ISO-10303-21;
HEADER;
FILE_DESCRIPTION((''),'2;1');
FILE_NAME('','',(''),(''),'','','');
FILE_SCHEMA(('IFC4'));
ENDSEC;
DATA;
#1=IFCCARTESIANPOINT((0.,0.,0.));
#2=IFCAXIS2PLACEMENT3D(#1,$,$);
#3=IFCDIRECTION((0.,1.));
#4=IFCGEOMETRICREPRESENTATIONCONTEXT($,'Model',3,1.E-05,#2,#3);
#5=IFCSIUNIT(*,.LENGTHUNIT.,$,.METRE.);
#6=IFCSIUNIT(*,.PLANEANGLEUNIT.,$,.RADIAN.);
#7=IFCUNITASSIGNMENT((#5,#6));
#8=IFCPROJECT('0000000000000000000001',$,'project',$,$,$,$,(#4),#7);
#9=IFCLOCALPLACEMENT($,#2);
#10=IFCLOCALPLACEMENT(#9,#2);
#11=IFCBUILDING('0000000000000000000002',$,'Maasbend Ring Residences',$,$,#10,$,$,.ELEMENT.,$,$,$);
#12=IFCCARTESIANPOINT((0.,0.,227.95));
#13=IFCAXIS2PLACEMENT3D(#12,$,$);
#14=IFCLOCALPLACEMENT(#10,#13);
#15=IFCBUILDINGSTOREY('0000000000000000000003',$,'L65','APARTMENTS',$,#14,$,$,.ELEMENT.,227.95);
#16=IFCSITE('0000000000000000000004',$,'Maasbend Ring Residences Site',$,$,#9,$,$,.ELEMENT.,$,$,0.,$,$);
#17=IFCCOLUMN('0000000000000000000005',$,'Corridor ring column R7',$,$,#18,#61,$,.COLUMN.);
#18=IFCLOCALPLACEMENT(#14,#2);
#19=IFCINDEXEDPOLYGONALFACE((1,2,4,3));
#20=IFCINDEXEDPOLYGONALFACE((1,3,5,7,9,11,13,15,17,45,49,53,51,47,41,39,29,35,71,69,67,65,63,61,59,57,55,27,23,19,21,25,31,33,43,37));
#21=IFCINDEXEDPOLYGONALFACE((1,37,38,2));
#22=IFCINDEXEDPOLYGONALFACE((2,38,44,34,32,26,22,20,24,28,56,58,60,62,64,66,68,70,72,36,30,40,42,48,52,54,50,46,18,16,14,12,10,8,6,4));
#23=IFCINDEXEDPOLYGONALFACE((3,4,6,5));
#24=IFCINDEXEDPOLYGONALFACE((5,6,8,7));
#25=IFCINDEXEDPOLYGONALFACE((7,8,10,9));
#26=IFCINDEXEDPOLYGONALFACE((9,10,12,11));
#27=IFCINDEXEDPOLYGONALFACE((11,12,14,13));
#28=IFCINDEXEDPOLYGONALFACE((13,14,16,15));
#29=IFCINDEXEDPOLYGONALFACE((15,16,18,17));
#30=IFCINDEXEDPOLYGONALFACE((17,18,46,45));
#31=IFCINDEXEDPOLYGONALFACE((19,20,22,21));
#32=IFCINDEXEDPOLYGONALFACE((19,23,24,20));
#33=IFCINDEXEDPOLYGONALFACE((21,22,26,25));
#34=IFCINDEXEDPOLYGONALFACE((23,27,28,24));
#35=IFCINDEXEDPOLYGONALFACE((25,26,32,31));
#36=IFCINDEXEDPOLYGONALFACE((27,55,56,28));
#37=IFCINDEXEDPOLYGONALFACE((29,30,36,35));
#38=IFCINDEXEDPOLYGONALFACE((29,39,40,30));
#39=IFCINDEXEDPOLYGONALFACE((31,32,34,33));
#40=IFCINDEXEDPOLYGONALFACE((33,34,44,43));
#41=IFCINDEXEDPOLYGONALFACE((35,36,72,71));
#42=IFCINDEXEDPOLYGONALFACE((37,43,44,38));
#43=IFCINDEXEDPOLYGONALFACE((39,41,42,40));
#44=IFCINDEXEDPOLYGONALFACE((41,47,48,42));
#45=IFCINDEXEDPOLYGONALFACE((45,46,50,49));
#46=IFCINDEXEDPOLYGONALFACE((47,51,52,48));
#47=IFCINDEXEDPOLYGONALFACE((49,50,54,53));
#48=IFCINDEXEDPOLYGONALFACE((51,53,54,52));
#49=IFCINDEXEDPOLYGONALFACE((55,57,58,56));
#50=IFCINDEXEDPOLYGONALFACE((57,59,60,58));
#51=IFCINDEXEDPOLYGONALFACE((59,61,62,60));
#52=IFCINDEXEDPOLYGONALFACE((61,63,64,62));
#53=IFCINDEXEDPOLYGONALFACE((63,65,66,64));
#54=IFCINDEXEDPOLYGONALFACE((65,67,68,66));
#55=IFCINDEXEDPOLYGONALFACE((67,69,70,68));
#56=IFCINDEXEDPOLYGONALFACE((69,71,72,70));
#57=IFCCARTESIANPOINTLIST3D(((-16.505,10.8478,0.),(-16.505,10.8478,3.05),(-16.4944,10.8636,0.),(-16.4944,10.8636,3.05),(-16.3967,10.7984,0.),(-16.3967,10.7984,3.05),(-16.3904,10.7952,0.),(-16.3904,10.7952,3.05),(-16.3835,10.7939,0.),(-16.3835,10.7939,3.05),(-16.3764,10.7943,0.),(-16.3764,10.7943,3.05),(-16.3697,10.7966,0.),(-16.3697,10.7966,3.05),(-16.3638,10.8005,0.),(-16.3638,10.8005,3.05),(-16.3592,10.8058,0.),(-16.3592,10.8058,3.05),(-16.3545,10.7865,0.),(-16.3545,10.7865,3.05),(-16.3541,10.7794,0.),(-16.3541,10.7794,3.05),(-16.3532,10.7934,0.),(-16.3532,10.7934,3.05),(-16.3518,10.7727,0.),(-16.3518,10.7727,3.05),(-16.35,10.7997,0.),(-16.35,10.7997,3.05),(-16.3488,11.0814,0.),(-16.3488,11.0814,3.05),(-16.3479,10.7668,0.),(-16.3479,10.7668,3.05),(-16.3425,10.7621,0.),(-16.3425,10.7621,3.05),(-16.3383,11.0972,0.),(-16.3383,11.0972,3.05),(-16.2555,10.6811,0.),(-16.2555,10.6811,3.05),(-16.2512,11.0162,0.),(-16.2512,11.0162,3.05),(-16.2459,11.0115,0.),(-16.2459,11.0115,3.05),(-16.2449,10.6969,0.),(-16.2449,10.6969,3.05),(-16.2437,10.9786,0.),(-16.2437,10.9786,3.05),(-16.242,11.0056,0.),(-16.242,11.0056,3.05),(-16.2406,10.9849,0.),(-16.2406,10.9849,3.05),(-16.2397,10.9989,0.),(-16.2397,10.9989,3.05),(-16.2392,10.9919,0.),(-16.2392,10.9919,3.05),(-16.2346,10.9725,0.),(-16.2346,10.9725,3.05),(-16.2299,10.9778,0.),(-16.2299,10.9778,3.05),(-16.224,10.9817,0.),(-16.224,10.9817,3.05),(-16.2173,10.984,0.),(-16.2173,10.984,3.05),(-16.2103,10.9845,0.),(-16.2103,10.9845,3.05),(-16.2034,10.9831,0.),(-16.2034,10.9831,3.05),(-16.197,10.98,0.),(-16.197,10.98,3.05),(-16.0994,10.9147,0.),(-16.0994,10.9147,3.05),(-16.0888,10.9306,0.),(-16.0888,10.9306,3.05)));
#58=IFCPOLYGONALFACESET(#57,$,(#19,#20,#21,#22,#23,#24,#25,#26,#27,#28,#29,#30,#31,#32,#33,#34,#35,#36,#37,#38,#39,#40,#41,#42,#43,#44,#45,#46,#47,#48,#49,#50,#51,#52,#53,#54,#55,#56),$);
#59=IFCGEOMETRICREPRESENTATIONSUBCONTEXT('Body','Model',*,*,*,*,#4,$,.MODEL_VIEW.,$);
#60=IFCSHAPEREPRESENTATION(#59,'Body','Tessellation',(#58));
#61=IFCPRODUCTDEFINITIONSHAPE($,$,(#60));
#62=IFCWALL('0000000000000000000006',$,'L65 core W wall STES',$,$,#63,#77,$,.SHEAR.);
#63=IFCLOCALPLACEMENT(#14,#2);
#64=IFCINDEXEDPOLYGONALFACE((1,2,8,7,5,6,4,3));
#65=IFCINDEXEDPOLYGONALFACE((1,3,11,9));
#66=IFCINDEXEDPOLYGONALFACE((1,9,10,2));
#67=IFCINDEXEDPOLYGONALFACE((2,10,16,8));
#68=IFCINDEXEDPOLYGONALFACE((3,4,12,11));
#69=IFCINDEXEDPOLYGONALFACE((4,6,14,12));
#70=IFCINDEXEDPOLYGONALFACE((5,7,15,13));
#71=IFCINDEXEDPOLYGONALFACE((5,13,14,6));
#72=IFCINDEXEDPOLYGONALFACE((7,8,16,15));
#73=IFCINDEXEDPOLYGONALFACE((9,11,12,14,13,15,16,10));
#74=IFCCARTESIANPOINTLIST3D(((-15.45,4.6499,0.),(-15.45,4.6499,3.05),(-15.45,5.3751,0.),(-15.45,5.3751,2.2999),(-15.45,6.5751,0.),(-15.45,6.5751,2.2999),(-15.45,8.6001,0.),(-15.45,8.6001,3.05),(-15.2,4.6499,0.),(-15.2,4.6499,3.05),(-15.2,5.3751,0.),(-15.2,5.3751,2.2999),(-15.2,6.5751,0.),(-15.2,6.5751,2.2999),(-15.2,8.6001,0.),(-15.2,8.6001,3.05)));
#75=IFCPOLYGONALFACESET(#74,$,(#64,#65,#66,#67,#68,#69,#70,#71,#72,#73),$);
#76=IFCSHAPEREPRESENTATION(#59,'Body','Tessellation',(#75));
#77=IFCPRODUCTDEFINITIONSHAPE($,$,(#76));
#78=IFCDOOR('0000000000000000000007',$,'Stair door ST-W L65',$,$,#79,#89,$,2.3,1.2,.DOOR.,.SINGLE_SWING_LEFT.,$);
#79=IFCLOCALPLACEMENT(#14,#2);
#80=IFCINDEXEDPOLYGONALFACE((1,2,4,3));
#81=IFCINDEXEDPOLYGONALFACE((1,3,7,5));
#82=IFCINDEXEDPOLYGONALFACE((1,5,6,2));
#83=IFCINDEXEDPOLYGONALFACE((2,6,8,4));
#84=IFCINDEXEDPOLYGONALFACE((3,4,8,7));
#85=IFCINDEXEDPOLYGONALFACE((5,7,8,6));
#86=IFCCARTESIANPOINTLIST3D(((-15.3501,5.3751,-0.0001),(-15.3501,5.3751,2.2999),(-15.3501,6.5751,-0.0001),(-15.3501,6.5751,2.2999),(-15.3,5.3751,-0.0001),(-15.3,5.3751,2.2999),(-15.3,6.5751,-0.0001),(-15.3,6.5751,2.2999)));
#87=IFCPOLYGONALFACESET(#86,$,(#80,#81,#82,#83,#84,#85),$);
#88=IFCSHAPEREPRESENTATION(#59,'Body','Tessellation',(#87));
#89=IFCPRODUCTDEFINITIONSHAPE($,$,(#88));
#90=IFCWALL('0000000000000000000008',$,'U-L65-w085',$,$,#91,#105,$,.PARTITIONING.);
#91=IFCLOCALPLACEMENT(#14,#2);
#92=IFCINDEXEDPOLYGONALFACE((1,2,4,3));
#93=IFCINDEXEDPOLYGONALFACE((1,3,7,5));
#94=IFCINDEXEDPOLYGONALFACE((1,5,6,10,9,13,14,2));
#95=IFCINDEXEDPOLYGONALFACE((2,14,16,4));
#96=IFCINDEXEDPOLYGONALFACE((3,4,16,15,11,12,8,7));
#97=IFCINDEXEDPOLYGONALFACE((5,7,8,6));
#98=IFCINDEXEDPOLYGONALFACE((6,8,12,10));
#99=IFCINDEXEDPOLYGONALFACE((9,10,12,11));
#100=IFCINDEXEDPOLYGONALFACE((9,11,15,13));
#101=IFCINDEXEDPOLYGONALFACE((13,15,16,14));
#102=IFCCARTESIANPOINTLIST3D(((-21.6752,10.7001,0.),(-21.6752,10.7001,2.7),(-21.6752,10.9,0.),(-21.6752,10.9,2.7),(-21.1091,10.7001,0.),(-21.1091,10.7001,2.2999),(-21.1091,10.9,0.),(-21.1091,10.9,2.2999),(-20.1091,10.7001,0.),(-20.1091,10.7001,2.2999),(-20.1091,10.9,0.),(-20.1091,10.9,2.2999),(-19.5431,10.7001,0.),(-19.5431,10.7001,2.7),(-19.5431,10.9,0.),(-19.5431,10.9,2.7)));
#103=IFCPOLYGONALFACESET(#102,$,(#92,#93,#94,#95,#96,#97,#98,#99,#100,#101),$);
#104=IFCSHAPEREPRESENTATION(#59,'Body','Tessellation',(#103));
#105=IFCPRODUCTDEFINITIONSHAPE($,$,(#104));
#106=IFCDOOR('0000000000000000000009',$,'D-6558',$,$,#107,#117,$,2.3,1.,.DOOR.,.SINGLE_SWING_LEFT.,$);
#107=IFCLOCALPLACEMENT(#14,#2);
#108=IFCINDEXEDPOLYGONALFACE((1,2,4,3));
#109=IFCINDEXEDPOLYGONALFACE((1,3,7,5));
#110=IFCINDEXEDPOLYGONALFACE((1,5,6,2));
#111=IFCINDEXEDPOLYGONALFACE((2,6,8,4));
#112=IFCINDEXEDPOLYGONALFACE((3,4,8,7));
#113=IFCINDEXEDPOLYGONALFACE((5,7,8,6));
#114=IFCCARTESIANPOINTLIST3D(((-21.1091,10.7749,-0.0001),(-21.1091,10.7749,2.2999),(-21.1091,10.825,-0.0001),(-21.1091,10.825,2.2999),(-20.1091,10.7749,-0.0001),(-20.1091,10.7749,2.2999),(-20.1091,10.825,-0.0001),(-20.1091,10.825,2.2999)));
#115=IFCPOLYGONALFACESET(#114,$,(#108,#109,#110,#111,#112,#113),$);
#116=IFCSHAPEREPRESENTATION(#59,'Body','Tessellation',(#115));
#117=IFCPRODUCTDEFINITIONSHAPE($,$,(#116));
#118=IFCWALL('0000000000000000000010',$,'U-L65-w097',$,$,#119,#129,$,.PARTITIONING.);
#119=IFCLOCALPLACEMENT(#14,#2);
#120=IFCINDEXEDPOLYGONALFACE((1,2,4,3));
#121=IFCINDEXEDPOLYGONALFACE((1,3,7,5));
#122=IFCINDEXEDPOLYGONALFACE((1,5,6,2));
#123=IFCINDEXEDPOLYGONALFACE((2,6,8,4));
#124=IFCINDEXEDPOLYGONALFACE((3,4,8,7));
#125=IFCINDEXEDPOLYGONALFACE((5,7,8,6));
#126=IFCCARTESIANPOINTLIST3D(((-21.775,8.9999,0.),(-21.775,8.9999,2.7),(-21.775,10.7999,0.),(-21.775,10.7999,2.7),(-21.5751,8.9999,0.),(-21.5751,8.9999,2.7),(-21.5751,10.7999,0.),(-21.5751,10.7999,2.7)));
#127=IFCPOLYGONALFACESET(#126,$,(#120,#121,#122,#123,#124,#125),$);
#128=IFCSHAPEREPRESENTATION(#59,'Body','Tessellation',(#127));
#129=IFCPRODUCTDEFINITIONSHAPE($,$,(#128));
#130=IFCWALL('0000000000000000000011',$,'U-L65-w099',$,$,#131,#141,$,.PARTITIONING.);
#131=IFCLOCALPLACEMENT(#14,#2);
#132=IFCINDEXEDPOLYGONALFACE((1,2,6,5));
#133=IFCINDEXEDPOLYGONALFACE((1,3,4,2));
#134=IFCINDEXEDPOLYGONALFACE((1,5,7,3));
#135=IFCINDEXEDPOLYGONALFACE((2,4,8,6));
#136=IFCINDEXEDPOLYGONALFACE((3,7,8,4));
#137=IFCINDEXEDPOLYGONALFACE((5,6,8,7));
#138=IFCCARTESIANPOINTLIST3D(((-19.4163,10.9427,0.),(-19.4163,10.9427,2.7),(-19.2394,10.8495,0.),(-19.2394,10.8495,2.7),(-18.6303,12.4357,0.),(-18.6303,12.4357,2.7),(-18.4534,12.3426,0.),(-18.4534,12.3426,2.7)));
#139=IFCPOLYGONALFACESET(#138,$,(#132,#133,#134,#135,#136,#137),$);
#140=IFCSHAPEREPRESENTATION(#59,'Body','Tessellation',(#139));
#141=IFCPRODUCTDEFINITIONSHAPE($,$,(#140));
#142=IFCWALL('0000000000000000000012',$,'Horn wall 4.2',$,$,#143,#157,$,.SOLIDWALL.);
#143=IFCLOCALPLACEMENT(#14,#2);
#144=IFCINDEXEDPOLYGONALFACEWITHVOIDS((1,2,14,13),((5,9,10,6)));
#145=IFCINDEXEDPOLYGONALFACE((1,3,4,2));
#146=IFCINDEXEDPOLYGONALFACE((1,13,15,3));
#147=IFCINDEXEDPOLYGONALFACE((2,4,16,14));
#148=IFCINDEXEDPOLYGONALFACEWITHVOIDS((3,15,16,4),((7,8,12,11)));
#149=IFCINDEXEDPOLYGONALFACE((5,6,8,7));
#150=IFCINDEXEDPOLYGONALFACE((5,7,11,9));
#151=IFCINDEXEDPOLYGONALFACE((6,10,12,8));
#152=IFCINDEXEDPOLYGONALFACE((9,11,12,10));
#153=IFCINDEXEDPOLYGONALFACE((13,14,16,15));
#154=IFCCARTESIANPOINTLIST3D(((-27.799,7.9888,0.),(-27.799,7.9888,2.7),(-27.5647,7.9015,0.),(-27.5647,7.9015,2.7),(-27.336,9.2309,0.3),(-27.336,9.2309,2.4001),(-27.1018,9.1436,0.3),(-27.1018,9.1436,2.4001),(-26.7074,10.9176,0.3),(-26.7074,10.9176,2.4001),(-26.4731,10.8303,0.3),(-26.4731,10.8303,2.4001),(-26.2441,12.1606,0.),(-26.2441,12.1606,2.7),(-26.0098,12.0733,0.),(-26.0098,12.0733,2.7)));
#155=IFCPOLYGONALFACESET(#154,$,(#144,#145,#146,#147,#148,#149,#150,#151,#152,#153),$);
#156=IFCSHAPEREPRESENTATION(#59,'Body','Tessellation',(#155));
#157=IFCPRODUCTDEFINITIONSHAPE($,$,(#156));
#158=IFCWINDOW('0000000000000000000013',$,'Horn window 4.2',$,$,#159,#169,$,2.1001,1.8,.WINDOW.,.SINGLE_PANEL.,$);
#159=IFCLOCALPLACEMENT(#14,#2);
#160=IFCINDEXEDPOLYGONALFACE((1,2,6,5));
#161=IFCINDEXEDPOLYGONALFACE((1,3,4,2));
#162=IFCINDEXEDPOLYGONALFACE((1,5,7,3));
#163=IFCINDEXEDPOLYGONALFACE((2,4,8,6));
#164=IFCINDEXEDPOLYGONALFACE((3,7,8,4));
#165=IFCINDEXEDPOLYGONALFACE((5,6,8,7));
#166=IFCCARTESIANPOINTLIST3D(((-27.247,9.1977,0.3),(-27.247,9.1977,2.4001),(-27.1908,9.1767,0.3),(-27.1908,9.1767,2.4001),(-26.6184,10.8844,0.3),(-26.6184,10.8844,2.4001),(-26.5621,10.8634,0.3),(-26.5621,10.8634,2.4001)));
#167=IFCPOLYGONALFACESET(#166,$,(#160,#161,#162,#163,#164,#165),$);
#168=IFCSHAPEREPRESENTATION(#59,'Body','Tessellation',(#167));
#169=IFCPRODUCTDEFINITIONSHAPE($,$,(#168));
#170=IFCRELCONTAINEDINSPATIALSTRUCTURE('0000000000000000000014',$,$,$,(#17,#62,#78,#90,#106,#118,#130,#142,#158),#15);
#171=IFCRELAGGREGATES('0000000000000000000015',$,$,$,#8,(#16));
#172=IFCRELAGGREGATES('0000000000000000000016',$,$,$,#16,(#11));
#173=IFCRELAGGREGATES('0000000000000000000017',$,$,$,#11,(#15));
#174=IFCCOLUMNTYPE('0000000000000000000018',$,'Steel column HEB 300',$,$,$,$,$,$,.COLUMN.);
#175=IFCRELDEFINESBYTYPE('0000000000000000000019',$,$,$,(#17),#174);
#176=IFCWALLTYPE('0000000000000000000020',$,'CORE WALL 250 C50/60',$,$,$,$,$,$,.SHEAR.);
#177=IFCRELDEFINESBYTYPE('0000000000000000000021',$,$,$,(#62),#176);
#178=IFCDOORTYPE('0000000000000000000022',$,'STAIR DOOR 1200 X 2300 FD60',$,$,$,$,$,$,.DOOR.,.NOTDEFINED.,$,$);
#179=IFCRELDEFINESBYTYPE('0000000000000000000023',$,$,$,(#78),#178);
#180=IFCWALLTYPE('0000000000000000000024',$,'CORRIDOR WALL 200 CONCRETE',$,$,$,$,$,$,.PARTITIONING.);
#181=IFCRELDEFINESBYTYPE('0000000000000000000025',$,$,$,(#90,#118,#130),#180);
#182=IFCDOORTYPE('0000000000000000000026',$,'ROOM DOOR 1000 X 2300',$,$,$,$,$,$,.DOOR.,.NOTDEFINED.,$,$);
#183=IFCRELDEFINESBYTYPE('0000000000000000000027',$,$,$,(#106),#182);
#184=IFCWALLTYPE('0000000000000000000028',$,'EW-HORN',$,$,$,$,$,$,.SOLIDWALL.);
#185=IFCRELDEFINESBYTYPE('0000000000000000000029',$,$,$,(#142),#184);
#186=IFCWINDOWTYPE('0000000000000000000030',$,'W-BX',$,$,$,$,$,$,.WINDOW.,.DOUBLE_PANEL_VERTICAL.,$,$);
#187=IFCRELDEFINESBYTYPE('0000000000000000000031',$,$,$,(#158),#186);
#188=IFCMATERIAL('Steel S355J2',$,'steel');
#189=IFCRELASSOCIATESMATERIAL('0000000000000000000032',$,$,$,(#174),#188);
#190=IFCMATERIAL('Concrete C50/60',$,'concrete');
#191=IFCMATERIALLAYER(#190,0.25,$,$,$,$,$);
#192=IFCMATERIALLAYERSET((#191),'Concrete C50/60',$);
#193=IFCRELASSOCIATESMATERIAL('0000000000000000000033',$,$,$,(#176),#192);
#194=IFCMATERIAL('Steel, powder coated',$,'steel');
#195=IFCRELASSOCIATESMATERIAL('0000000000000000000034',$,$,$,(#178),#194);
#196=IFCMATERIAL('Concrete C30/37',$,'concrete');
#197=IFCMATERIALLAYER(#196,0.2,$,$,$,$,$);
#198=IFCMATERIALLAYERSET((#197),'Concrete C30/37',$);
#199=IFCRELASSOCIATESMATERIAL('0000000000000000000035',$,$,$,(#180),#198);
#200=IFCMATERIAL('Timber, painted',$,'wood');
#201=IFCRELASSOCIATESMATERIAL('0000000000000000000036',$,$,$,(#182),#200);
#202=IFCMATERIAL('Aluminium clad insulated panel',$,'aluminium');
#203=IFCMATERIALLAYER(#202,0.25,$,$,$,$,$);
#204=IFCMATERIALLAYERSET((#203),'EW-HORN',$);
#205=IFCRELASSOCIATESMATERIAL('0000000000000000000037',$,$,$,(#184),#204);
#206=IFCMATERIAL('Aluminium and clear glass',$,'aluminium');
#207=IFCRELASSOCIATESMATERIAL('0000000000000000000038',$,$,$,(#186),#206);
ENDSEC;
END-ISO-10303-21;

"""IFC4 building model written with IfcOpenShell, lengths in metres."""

from ifc_helpers import new_model, si_unit, direction, frame, frame_2d, origin, origin_2d, place, context, subcontext, project, spatial, rectangle, i_section, extrude, material, layer, layer_set, material_profile, profile_set, type_object, element, fill, save


model = new_model("IFC4")

# Units and contexts
model_context = context("Model", 3, precision=1e-05, world=origin(), true_north=direction((0.0, 1.0)))
body_context = subcontext(model_context, "Body", "Model", "MODEL_VIEW")
ifc_project = project(units=[si_unit("LENGTHUNIT", "METRE"), si_unit("PLANEANGLEUNIT", "RADIAN")], contexts=[model_context])

# Site, building, storey
site_placement = place(None, origin())
site = spatial("IfcSite", under=ifc_project, at=site_placement, Name="Maasbend Ring Residences Site", CompositionType="ELEMENT", RefElevation=0.0)
building_placement = place(site_placement, origin())
building = spatial("IfcBuilding", under=site, at=building_placement, Name="Maasbend Ring Residences", CompositionType="ELEMENT")
storey_placement = place(building_placement, frame((0.0, 0.0, 227.95)))
storey = spatial("IfcBuildingStorey", under=building, at=storey_placement, Name="L65", Description="APARTMENTS", CompositionType="ELEMENT", Elevation=227.95)

# Column
ifc_material_1 = material(Name="Steel S355J2", Category="steel")
ifc_material_profile = material_profile(ifc_material_1, i_section(OverallWidth=0.3, OverallDepth=0.3, WebThickness=0.011, FlangeThickness=0.019, FilletRadius=0.0271, at=origin_2d()), Name="HEB 300")
ifc_profile_set = profile_set([ifc_material_profile], Name="Steel S355J2")
column_type = type_object("IfcColumnType", Name="Steel column HEB 300", PredefinedType="COLUMN", material=ifc_profile_set)
column_placement = place(storey_placement, frame((-16.2969, 10.8892, 0.0), z_axis=(0.0, 0.0, 1.0), x_axis=(-0.83147, 0.55557, 0.0)))
element("IfcColumn", 1, at=column_placement, inside=storey, type_object=column_type, Name="Corridor ring column R7", PredefinedType="COLUMN", context=body_context, shape_type="SweptSolid", body=[
    extrude(i_section(OverallWidth=0.3, OverallDepth=0.3, WebThickness=0.011, FlangeThickness=0.019, FilletRadius=0.0271, at=origin_2d()), origin(), (0.0, 0.0, 1.0), 3.05),
])

# Walls, openings, doors
ifc_material_2 = material(Name="Concrete C50/60", Category="concrete")
ifc_layer_1 = layer(ifc_material_2, 0.25)
ifc_layer_set_1 = layer_set([ifc_layer_1], Name="Concrete C50/60")
wall_type_1 = type_object("IfcWallType", Name="CORE WALL 250 C50/60", PredefinedType="SHEAR", material=ifc_layer_set_1)
wall_1_placement = place(storey_placement, frame((-15.325, 8.6001, 0.0), z_axis=(0.0, 0.0, 1.0), x_axis=(0.0, -1.0, 0.0)))
wall_1 = element("IfcWall", 2, at=wall_1_placement, inside=storey, type_object=wall_type_1, Name="L65 core W wall STES", PredefinedType="SHEAR", context=body_context, shape_type="SweptSolid", body=[
    extrude(rectangle(XDim=3.9502, YDim=0.25, at=frame_2d((1.9751, 0.0))), origin(), (0.0, 0.0, 1.0), 3.05),
])
opening_1_placement = place(wall_1_placement, frame((2.0249, 0.0, 0.0)))
opening_1 = element("IfcOpeningElement", 3, at=opening_1_placement, cuts=wall_1, PredefinedType="OPENING", context=body_context, shape_type="SweptSolid", body=[
    extrude(rectangle(XDim=1.2, YDim=2.3, at=frame_2d((0.6001, 1.1499))), frame((0.0, 0.135, 0.0), z_axis=(0.0, -1.0, 0.0), x_axis=(1.0, 0.0, 0.0)), (0.0, 0.0, 1.0), 0.27),
])
ifc_material_3 = material(Name="Steel, powder coated", Category="steel")
door_type_1 = type_object("IfcDoorType", Name="STAIR DOOR 1200 X 2300 FD60", OperationType="NOTDEFINED", PredefinedType="DOOR", material=ifc_material_3)
door_1_placement = place(opening_1_placement, origin())
door_1 = element("IfcDoor", 4, at=door_1_placement, inside=storey, type_object=door_type_1, Name="Stair door ST-W L65", OperationType="SINGLE_SWING_LEFT", OverallHeight=2.3, OverallWidth=1.2, PredefinedType="DOOR", context=body_context, shape_type="SweptSolid", body=[
    extrude(rectangle(XDim=1.2, YDim=2.3, at=frame_2d((0.6001, 1.1499))), frame((0.0, 0.0249, 0.0), z_axis=(0.0, -1.0, 0.0), x_axis=(1.0, 0.0, 0.0)), (0.0, 0.0, 1.0), 0.05),
])
fill(opening_1, door_1)
ifc_material_4 = material(Name="Concrete C30/37", Category="concrete")
ifc_layer_2 = layer(ifc_material_4, 0.2)
ifc_layer_set_2 = layer_set([ifc_layer_2], Name="Concrete C30/37")
wall_type_2 = type_object("IfcWallType", Name="CORRIDOR WALL 200 CONCRETE", PredefinedType="PARTITIONING", material=ifc_layer_set_2)
wall_2_placement = place(storey_placement, frame((-21.675, 10.8, 0.0), z_axis=(0.0, 0.0, 1.0), x_axis=(1.0, 0.0, 0.0)))
wall_2 = element("IfcWall", 5, at=wall_2_placement, inside=storey, type_object=wall_type_2, Name="U-L65-w085", PredefinedType="PARTITIONING", context=body_context, shape_type="SweptSolid", body=[
    extrude(rectangle(XDim=2.1321, YDim=0.2, at=frame_2d((1.0659, 0.0))), origin(), (0.0, 0.0, 1.0), 2.7),
])
opening_2_placement = place(wall_2_placement, frame((0.5659, 0.0, 0.0)))
opening_2 = element("IfcOpeningElement", 6, at=opening_2_placement, cuts=wall_2, PredefinedType="OPENING", context=body_context, shape_type="SweptSolid", body=[
    extrude(rectangle(XDim=1.0, YDim=2.3, at=frame_2d((0.5, 1.1499))), frame((0.0, 0.1099, 0.0), z_axis=(0.0, -1.0, 0.0), x_axis=(1.0, 0.0, 0.0)), (0.0, 0.0, 1.0), 0.22),
])
ifc_material_5 = material(Name="Timber, painted", Category="wood")
door_type_2 = type_object("IfcDoorType", Name="ROOM DOOR 1000 X 2300", OperationType="NOTDEFINED", PredefinedType="DOOR", material=ifc_material_5)
door_2_placement = place(opening_2_placement, origin())
door_2 = element("IfcDoor", 7, at=door_2_placement, inside=storey, type_object=door_type_2, Name="D-6558", OperationType="SINGLE_SWING_LEFT", OverallHeight=2.3, OverallWidth=1.0, PredefinedType="DOOR", context=body_context, shape_type="SweptSolid", body=[
    extrude(rectangle(XDim=1.0, YDim=2.3, at=frame_2d((0.5, 1.1499))), frame((0.0, 0.0249, 0.0), z_axis=(0.0, -1.0, 0.0), x_axis=(1.0, 0.0, 0.0)), (0.0, 0.0, 1.0), 0.05),
])
fill(opening_2, door_2)

# Walls
wall_3_placement = place(storey_placement, frame((-21.675, 9.0, 0.0), z_axis=(0.0, 0.0, 1.0), x_axis=(0.0, 1.0, 0.0)))
element("IfcWall", 8, at=wall_3_placement, inside=storey, type_object=wall_type_2, Name="U-L65-w097", PredefinedType="PARTITIONING", context=body_context, shape_type="SweptSolid", body=[
    extrude(rectangle(XDim=1.8, YDim=0.2, at=frame_2d((0.8999, 0.0))), origin(), (0.0, 0.0, 1.0), 2.7),
])
wall_4_placement = place(storey_placement, frame((-19.3279, 10.896, 0.0), z_axis=(0.0, 0.0, 1.0), x_axis=(0.465812, 0.884884, 0.0)))
element("IfcWall", 9, at=wall_4_placement, inside=storey, type_object=wall_type_2, Name="U-L65-w099", PredefinedType="PARTITIONING", context=body_context, shape_type="SweptSolid", body=[
    extrude(rectangle(XDim=1.6873, YDim=0.2, at=frame_2d((0.8438, 0.0))), origin(), (0.0, 0.0, 1.0), 2.7),
])

# Wall, opening, window
ifc_material_6 = material(Name="Aluminium clad insulated panel", Category="aluminium")
ifc_layer_3 = layer(ifc_material_6, 0.25)
ifc_layer_set_3 = layer_set([ifc_layer_3], Name="EW-HORN")
wall_type_3 = type_object("IfcWallType", Name="EW-HORN", PredefinedType="SOLIDWALL", material=ifc_layer_set_3)
wall_5_placement = place(storey_placement, frame((-26.127, 12.1169, 0.0), z_axis=(0.0, 0.0, 1.0), x_axis=(-0.349248, -0.93703, 0.0)))
wall_5 = element("IfcWall", 10, at=wall_5_placement, inside=storey, type_object=wall_type_3, Name="Horn wall 4.2", PredefinedType="SOLIDWALL", context=body_context, shape_type="SweptSolid", body=[
    extrude(rectangle(XDim=4.4521, YDim=0.25, at=frame_2d((2.2261, 0.0))), origin(), (0.0, 0.0, 1.0), 2.7),
])
opening_3_placement = place(wall_5_placement, frame((1.3267, 0.0, 0.3)))
opening_3 = element("IfcOpeningElement", 11, at=opening_3_placement, cuts=wall_5, PredefinedType="OPENING", context=body_context, shape_type="SweptSolid", body=[
    extrude(rectangle(XDim=1.8, YDim=2.1001, at=frame_2d((0.8999, 1.05))), frame((0.0, 0.135, 0.0), z_axis=(0.0, -1.0, 0.0), x_axis=(1.0, 0.0, 0.0)), (0.0, 0.0, 1.0), 0.27),
])
ifc_material_7 = material(Name="Aluminium and clear glass", Category="aluminium")
window_type = type_object("IfcWindowType", Name="W-BX", PartitioningType="DOUBLE_PANEL_VERTICAL", PredefinedType="WINDOW", material=ifc_material_7)
window_placement = place(opening_3_placement, origin())
window = element("IfcWindow", 12, at=window_placement, inside=storey, type_object=window_type, Name="Horn window 4.2", OverallHeight=2.1001, OverallWidth=1.8, PartitioningType="SINGLE_PANEL", PredefinedType="WINDOW", context=body_context, shape_type="SweptSolid", body=[
    extrude(rectangle(XDim=1.8, YDim=2.1001, at=frame_2d((0.8999, 1.05))), frame((0.0, 0.03, 0.0), z_axis=(0.0, -1.0, 0.0), x_axis=(1.0, 0.0, 0.0)), (0.0, 0.0, 1.0), 0.0601),
])
fill(opening_3, window)

save(model, "model.ifc")
